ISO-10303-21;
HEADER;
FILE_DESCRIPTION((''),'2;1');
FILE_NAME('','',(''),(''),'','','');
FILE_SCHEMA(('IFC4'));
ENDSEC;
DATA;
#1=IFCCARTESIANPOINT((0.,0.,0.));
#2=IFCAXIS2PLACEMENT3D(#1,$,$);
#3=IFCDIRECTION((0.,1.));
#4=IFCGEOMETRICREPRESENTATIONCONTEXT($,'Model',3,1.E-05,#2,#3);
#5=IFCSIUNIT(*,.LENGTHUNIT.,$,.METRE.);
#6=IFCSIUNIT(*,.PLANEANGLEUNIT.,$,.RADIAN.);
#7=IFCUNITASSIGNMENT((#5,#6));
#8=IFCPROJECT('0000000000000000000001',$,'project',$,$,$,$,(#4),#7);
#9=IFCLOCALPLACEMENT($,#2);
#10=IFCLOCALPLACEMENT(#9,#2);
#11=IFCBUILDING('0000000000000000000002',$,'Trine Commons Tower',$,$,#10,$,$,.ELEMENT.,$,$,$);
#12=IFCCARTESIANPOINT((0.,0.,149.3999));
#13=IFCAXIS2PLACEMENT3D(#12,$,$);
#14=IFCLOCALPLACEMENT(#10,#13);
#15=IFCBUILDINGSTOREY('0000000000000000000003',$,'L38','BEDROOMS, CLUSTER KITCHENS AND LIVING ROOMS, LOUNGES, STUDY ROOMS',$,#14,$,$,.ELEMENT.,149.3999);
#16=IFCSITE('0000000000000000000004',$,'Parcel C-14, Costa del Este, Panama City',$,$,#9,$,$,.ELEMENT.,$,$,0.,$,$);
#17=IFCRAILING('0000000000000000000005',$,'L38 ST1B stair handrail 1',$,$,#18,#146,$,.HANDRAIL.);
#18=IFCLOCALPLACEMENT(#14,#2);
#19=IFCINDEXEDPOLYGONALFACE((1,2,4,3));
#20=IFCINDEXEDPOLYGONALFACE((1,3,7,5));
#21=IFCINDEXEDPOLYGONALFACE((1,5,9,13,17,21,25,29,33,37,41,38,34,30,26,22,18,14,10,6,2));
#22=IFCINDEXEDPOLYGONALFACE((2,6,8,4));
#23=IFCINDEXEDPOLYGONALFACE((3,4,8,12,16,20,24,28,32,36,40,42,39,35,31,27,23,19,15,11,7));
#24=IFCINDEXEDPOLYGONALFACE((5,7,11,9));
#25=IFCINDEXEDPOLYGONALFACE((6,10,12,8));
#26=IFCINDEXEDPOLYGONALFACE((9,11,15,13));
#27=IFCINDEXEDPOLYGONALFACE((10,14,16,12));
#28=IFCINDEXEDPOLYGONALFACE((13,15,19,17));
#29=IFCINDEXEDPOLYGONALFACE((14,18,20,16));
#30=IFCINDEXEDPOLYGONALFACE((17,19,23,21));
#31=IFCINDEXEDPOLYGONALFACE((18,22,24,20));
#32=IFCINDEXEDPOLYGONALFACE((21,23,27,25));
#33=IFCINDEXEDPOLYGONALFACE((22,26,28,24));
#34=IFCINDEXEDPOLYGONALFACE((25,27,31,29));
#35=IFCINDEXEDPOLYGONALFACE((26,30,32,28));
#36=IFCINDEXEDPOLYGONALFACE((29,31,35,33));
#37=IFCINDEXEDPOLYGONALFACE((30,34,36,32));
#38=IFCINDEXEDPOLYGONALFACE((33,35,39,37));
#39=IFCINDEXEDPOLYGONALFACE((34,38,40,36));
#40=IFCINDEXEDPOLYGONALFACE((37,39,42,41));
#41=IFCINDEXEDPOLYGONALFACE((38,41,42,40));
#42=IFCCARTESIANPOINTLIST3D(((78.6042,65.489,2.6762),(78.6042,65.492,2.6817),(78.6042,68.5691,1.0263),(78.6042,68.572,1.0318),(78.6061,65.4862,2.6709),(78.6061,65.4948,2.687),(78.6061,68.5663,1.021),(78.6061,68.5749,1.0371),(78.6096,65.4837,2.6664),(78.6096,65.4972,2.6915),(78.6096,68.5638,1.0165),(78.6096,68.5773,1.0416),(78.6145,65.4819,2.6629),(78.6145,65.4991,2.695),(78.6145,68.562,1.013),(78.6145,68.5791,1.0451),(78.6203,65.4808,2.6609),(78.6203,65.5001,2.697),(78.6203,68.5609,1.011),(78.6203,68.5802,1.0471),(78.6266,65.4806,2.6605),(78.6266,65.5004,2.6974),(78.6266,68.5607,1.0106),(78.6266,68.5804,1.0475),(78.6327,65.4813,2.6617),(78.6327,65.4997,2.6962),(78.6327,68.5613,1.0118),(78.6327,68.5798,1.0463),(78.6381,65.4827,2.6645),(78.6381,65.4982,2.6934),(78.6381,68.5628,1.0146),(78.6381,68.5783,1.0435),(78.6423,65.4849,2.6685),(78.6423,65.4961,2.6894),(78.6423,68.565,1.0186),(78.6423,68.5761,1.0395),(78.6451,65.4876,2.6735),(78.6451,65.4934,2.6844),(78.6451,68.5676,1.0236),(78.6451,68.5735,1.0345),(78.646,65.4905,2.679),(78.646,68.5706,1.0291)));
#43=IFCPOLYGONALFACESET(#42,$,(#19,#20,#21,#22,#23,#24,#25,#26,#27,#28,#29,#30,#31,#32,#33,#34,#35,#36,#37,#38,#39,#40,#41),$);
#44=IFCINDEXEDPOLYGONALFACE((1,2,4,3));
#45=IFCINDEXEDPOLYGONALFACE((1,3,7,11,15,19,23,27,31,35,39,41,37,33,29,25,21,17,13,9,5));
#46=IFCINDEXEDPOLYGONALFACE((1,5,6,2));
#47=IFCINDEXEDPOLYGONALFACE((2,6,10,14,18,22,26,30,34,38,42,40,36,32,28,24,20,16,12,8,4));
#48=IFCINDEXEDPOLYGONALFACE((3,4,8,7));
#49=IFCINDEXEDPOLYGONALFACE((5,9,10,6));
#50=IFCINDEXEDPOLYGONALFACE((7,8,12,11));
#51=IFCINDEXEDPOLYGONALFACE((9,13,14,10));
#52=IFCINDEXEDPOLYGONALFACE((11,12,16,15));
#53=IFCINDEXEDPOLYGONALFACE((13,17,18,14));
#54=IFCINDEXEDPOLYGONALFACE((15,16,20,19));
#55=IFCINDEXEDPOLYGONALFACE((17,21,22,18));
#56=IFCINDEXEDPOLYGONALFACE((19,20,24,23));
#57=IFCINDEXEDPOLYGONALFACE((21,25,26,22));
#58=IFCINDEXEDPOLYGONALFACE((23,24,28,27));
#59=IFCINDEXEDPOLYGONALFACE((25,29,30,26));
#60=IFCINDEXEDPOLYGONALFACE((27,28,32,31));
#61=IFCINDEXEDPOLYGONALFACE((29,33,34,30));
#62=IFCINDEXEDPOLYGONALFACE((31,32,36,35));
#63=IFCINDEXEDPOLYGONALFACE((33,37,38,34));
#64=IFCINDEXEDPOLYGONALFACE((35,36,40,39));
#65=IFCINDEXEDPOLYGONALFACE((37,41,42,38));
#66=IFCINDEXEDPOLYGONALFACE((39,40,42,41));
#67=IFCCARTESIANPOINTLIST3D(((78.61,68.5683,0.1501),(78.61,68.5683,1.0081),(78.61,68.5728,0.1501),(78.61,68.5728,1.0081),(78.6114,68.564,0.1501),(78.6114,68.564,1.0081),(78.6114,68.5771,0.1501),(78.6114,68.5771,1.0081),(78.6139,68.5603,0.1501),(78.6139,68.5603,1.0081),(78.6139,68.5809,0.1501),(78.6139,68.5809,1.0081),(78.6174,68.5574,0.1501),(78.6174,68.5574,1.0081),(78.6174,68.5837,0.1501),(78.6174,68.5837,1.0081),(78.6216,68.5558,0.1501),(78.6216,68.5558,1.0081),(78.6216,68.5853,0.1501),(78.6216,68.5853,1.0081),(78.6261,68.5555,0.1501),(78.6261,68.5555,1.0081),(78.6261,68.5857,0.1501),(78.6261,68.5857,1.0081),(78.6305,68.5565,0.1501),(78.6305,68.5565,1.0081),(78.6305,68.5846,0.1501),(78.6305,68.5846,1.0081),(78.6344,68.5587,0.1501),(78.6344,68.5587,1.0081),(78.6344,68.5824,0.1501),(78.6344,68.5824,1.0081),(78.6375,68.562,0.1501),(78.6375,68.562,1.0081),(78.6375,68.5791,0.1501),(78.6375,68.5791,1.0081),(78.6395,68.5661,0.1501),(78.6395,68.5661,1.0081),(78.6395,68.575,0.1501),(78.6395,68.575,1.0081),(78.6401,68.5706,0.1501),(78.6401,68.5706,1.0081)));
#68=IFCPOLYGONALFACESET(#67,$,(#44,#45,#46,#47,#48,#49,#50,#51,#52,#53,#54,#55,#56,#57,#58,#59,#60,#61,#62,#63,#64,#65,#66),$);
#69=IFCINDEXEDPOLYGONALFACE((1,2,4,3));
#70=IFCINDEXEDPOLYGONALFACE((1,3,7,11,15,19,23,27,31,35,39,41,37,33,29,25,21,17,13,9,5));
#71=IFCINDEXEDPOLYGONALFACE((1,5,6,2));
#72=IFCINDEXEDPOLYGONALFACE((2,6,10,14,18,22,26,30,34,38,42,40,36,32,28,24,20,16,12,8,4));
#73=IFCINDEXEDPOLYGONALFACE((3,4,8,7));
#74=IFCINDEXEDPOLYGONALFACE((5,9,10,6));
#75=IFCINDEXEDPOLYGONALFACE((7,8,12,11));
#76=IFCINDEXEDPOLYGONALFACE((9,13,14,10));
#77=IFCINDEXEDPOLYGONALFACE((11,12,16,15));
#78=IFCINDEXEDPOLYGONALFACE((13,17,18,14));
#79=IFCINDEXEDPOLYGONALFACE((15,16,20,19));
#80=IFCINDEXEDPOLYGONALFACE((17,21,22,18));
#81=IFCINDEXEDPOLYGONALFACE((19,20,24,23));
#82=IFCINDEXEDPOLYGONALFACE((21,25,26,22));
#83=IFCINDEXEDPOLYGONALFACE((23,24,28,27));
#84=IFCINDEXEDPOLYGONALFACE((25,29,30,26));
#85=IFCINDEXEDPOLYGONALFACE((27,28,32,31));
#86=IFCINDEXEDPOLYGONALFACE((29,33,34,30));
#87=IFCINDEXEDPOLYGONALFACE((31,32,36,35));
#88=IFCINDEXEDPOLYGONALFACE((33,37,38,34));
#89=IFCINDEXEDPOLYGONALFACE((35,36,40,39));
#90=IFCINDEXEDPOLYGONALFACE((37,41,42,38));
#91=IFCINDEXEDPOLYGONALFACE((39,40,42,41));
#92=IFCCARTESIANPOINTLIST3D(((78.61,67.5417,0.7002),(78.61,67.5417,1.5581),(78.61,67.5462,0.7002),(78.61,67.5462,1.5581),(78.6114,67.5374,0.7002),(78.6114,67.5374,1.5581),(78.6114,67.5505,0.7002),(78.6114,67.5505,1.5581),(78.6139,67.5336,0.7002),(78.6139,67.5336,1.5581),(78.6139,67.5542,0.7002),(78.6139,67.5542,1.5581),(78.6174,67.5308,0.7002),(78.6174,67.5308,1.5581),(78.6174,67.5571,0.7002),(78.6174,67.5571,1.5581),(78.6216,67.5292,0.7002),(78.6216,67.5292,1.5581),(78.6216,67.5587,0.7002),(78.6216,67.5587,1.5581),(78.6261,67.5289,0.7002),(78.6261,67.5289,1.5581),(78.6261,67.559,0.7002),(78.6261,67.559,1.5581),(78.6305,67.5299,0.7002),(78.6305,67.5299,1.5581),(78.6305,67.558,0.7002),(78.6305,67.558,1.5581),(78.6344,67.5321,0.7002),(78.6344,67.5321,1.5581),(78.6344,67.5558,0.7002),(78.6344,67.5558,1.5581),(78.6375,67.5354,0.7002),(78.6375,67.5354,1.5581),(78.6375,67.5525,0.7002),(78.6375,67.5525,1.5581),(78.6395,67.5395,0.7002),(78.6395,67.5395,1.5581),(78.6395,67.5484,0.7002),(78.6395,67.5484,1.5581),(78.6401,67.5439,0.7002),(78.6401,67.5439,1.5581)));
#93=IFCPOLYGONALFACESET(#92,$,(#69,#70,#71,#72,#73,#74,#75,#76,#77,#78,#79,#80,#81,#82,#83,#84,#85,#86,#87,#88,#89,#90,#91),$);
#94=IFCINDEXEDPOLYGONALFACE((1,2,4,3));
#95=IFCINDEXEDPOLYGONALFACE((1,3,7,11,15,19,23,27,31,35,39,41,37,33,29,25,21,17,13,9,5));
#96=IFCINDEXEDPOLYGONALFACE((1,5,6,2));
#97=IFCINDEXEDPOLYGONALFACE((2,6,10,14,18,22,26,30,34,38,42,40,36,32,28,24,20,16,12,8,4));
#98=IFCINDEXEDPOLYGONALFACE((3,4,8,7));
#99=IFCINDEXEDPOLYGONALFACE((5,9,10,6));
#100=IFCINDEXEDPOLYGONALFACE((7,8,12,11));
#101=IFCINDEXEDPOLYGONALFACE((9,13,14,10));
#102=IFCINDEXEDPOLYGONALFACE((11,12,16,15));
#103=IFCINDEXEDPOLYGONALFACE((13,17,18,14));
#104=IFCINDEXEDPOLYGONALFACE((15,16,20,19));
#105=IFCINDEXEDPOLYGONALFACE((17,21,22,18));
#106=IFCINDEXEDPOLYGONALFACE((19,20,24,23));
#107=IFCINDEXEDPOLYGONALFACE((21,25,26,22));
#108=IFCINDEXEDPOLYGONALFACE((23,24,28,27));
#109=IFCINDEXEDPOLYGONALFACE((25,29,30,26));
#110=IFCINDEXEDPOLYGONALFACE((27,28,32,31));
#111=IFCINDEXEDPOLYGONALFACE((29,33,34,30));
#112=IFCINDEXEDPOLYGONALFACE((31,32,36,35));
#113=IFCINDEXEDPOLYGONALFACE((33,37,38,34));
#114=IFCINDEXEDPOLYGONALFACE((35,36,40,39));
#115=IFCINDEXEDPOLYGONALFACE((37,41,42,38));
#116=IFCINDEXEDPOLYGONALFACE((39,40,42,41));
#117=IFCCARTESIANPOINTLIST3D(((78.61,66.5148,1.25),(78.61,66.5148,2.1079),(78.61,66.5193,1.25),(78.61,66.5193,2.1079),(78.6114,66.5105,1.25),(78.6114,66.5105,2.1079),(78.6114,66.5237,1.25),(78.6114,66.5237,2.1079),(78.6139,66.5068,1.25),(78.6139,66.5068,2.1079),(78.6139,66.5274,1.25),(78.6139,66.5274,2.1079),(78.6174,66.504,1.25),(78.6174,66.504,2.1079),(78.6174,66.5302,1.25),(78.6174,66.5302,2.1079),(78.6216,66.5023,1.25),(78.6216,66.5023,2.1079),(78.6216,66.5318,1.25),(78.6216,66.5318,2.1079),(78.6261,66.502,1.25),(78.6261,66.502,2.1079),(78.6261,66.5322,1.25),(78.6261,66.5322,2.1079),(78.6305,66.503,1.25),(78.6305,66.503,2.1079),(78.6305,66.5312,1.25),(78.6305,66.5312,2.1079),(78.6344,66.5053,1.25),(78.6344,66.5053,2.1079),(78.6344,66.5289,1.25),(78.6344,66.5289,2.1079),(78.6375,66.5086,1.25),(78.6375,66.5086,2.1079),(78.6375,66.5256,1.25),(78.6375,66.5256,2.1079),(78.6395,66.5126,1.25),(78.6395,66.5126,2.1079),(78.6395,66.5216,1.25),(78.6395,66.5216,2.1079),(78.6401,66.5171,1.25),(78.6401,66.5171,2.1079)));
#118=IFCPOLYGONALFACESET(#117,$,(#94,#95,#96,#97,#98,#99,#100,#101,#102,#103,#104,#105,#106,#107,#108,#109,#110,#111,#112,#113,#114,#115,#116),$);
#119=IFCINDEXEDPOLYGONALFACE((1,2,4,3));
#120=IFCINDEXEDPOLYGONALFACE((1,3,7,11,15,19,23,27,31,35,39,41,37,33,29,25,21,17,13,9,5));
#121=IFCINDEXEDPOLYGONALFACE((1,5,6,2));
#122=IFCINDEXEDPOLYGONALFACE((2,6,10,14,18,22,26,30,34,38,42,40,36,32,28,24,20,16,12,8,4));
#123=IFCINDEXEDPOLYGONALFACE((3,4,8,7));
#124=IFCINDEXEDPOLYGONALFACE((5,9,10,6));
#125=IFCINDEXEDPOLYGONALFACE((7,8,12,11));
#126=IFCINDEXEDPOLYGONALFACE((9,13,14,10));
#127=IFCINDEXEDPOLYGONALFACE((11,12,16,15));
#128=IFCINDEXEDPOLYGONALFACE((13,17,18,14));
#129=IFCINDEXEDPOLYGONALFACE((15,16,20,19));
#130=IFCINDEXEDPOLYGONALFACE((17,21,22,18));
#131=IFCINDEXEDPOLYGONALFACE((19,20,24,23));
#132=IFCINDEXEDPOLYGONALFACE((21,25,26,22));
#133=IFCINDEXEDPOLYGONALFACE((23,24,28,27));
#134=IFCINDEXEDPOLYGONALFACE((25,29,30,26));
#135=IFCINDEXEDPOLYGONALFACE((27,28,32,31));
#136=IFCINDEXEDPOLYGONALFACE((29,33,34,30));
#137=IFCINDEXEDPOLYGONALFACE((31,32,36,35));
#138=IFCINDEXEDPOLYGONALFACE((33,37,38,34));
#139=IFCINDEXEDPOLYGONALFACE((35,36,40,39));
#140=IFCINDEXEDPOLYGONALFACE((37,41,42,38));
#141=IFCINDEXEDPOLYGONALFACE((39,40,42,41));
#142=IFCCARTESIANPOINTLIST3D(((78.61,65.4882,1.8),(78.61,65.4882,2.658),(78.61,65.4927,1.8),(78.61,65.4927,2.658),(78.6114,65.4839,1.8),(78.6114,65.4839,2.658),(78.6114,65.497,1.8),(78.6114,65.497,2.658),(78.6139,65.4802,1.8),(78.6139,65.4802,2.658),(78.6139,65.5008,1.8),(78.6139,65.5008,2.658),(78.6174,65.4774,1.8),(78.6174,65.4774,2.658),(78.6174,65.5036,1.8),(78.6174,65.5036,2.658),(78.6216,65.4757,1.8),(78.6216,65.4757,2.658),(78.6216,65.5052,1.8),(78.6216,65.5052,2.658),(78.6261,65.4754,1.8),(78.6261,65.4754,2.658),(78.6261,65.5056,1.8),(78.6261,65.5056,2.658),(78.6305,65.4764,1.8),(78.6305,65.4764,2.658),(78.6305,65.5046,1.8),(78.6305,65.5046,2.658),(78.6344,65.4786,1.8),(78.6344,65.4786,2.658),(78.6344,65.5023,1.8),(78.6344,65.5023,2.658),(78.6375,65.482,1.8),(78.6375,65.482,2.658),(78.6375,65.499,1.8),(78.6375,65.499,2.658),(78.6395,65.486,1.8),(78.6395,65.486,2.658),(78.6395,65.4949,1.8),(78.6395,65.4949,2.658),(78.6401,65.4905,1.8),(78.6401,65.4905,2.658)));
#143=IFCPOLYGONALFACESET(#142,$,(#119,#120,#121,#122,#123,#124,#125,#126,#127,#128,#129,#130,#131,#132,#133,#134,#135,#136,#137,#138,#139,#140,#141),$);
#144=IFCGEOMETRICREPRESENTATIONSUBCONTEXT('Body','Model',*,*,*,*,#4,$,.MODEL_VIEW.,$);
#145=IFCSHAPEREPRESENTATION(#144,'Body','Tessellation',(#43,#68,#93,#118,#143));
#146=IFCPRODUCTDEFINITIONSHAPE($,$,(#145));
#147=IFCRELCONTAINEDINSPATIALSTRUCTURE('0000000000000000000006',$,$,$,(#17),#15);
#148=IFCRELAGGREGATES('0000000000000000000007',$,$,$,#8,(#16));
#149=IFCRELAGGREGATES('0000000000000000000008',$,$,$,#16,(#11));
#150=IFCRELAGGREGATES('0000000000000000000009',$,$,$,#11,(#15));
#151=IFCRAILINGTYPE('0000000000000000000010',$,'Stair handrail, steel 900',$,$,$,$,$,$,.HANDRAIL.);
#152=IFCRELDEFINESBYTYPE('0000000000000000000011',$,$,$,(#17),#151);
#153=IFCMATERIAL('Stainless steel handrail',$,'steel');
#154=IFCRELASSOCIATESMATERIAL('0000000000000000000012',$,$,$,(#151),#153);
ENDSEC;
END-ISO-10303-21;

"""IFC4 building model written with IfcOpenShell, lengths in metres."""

from ifc_helpers import new_model, si_unit, direction, frame, origin, origin_2d, place, context, subcontext, project, spatial, circle, extrude, material, type_object, element, save


model = new_model("IFC4")

# Units and contexts
model_context = context("Model", 3, precision=1e-05, world=origin(), true_north=direction((0.0, 1.0)))
body_context = subcontext(model_context, "Body", "Model", "MODEL_VIEW")
ifc_project = project(units=[si_unit("LENGTHUNIT", "METRE"), si_unit("PLANEANGLEUNIT", "RADIAN")], contexts=[model_context])

# Site, building, storey
site_placement = place(None, origin())
site = spatial("IfcSite", under=ifc_project, at=site_placement, Name="Parcel C-14, Costa del Este, Panama City", CompositionType="ELEMENT", RefElevation=0.0)
building_placement = place(site_placement, origin())
building = spatial("IfcBuilding", under=site, at=building_placement, Name="Trine Commons Tower", CompositionType="ELEMENT")
storey_placement = place(building_placement, frame((0.0, 0.0, 149.3999)))
storey = spatial("IfcBuildingStorey", under=building, at=storey_placement, Name="L38", Description="BEDROOMS, CLUSTER KITCHENS AND LIVING ROOMS, LOUNGES, STUDY ROOMS", CompositionType="ELEMENT", Elevation=149.3999)

# Railing
ifc_material_1 = material(Name="Stainless steel handrail", Category="steel")
railing_type = type_object("IfcRailingType", Name="Stair handrail, steel 900", PredefinedType="HANDRAIL", material=ifc_material_1)
railing_placement = place(storey_placement, frame((78.625, 68.5706, 0.1501)))
element("IfcRailing", 1, at=railing_placement, inside=storey, type_object=railing_type, Name="L38 ST1B stair handrail 1", PredefinedType="HANDRAIL", context=body_context, shape_type="SweptSolid", body=[
    extrude(circle(Radius=0.021, at=origin_2d()), frame((0.0, 0.0, 0.8789), z_axis=(0.0, -0.881497, 0.47219), x_axis=(1.0, 0.0, 0.0)), (0.0, 0.0, 1.0), 3.4941),
    extrude(circle(Radius=0.0151, at=origin_2d()), origin(), (0.0, 0.0, 1.0), 0.8579),
    extrude(circle(Radius=0.0151, at=origin_2d()), frame((0.0, -1.0266, 0.55)), (0.0, 0.0, 1.0), 0.8579),
    extrude(circle(Radius=0.0151, at=origin_2d()), frame((0.0, -2.0535, 1.0999)), (0.0, 0.0, 1.0), 0.8579),
    extrude(circle(Radius=0.0151, at=origin_2d()), frame((0.0, -3.0801, 1.6499)), (0.0, 0.0, 1.0), 0.8579),
])

save(model, "model.ifc")
